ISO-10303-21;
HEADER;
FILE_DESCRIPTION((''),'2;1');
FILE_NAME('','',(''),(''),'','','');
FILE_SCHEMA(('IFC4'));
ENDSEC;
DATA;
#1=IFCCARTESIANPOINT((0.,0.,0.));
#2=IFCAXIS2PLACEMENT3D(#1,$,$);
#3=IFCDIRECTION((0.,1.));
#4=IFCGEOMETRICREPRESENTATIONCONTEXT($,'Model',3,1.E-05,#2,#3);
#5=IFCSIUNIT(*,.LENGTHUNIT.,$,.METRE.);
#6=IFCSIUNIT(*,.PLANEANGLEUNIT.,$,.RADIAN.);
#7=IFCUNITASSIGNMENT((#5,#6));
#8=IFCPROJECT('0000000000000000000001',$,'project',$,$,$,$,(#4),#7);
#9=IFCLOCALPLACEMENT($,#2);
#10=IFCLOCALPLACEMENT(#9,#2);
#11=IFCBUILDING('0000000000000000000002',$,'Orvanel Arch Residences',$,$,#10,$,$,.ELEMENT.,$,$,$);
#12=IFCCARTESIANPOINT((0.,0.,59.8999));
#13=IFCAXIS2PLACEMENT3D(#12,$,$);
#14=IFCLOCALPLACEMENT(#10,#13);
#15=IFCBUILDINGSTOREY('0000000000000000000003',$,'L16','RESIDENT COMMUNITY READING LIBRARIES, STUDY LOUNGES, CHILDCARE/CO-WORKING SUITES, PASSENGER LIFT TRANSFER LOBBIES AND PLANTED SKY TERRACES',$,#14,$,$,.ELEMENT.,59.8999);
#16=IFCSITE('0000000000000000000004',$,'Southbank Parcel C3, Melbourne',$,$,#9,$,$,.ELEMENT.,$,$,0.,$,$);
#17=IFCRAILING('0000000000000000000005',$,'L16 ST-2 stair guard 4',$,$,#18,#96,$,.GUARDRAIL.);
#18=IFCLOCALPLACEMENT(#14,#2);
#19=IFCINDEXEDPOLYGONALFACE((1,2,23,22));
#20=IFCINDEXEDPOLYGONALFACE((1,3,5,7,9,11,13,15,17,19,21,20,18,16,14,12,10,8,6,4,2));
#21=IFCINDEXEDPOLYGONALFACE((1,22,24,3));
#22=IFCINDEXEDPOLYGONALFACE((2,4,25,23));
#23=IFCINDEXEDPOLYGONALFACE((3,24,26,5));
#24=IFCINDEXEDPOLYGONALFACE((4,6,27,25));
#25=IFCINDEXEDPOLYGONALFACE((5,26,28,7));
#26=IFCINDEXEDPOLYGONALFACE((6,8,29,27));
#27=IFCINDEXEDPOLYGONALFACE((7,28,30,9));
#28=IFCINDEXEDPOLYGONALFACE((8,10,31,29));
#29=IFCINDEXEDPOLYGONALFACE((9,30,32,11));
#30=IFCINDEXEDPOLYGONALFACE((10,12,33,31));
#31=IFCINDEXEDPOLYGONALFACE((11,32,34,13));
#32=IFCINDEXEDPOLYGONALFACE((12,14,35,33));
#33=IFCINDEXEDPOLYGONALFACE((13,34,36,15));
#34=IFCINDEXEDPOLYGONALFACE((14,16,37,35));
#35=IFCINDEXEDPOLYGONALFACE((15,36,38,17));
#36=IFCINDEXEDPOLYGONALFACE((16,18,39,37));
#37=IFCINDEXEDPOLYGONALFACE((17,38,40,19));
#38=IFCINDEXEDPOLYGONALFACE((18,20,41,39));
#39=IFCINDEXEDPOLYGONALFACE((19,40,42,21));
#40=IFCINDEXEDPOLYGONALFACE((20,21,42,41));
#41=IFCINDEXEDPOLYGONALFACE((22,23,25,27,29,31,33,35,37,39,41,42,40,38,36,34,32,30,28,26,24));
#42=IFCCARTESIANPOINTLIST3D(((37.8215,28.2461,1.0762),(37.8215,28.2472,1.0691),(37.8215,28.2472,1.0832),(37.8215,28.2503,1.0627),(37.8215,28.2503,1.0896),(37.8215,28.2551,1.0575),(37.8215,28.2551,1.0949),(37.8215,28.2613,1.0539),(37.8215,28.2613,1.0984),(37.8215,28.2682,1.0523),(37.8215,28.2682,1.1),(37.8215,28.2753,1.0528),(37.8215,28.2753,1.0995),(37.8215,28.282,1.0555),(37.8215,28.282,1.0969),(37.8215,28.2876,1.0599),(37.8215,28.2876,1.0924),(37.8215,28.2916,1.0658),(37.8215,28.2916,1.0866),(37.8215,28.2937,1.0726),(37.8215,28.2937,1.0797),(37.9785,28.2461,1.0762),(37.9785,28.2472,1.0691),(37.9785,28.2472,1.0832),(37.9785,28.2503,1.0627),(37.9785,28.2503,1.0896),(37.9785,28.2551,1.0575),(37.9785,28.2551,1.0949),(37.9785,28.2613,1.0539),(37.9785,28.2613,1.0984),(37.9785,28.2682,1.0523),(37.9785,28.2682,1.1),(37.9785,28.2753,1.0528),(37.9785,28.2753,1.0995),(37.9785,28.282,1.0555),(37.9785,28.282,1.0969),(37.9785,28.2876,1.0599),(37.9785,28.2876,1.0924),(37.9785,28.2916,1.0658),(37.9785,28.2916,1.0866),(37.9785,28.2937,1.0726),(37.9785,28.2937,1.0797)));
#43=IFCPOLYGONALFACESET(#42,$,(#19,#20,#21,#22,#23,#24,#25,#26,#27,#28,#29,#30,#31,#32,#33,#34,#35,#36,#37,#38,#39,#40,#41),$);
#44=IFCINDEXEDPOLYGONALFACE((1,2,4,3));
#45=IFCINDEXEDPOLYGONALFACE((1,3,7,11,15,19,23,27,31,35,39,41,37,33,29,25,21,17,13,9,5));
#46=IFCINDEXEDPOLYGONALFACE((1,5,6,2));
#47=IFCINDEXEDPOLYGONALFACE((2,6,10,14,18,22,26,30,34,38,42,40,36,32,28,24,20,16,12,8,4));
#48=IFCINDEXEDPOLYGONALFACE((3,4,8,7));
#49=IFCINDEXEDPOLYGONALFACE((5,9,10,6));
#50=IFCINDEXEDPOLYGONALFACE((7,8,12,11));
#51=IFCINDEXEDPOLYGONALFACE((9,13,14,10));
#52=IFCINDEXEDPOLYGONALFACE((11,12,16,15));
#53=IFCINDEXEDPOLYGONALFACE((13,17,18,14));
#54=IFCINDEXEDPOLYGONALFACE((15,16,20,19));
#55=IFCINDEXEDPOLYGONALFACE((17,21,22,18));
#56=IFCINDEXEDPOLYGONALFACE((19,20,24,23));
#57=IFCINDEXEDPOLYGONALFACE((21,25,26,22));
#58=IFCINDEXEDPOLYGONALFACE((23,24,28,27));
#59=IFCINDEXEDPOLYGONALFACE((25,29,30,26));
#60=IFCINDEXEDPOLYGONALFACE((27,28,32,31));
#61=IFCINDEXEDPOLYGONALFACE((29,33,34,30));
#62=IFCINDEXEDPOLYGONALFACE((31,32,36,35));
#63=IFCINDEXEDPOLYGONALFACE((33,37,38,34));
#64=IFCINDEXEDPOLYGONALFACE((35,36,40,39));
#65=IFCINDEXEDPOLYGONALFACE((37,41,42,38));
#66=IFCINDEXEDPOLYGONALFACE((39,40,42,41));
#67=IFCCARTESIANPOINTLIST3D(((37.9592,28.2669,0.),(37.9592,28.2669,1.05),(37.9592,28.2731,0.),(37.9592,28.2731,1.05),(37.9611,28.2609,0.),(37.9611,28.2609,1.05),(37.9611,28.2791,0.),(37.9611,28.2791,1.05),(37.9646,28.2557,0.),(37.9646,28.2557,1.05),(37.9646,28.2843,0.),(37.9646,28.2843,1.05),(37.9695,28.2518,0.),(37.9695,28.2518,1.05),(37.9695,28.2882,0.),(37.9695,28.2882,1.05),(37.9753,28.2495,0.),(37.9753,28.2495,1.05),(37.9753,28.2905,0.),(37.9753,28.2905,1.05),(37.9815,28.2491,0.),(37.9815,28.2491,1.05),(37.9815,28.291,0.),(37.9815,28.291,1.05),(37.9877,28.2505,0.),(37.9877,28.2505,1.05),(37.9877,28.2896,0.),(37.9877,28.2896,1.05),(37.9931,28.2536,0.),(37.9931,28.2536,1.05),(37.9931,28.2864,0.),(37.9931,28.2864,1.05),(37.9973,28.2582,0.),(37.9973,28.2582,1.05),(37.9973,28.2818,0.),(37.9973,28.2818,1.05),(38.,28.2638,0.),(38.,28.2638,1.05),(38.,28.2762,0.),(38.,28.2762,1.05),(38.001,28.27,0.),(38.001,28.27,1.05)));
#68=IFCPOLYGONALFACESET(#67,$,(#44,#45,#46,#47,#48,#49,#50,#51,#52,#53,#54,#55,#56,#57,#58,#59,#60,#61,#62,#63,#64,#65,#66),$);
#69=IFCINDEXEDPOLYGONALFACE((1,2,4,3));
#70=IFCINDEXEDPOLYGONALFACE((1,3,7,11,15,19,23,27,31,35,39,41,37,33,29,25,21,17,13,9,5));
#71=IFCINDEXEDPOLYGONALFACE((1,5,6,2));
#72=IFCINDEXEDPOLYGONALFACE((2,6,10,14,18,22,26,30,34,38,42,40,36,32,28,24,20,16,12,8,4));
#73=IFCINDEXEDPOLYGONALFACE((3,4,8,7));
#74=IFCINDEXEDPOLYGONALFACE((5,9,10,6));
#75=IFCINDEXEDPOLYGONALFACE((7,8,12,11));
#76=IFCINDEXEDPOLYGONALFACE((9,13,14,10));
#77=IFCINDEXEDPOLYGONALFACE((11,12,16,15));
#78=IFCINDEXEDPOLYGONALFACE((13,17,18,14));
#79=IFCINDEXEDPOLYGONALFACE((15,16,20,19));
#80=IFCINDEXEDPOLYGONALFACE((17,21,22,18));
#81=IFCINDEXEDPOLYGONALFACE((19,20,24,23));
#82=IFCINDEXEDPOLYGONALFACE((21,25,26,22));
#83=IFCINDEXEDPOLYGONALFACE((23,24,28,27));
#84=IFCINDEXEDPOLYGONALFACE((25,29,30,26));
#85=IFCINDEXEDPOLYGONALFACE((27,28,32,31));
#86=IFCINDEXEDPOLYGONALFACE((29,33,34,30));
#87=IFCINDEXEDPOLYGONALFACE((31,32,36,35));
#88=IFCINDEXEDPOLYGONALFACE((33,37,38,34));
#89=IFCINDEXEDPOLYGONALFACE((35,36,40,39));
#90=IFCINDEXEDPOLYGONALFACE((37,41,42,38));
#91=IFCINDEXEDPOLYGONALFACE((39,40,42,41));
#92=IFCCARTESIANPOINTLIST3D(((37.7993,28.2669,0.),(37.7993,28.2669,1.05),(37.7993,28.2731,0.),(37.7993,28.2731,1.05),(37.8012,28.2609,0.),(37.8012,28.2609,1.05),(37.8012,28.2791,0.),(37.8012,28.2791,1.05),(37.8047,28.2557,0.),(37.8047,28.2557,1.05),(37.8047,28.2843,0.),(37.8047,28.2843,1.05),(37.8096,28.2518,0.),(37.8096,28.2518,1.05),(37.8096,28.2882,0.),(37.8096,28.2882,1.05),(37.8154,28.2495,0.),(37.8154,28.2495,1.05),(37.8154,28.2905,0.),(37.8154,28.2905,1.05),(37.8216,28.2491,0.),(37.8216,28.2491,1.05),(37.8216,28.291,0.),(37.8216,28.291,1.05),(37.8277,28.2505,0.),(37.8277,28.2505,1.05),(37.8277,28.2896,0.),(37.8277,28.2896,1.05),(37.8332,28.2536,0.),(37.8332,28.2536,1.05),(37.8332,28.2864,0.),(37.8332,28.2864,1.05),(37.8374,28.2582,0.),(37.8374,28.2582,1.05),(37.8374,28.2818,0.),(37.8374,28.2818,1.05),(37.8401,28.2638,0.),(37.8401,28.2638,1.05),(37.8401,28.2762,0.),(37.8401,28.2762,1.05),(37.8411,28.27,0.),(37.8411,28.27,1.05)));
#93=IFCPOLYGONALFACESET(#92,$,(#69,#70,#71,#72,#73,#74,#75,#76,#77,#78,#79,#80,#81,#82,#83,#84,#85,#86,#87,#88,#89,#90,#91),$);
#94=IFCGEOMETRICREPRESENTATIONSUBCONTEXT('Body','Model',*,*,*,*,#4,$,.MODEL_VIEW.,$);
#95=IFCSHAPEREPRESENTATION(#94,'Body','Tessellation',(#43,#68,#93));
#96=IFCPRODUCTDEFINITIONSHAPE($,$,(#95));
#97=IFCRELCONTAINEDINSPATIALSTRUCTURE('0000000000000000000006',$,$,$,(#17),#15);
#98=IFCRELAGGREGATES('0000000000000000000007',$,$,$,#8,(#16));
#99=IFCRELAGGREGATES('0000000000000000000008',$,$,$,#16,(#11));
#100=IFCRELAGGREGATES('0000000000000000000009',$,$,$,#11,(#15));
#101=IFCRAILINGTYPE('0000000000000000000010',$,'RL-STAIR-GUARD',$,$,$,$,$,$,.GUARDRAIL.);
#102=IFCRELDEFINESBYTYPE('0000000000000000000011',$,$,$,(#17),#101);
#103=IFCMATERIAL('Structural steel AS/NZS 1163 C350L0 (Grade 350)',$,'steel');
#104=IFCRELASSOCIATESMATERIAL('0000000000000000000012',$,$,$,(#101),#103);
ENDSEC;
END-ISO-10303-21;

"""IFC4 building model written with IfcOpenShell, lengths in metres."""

from ifc_helpers import new_model, si_unit, direction, frame, origin, origin_2d, place, context, subcontext, project, spatial, circle, extrude, material, type_object, element, save


model = new_model("IFC4")

# Units and contexts
model_context = context("Model", 3, precision=1e-05, world=origin(), true_north=direction((0.0, 1.0)))
body_context = subcontext(model_context, "Body", "Model", "MODEL_VIEW")
ifc_project = project(units=[si_unit("LENGTHUNIT", "METRE"), si_unit("PLANEANGLEUNIT", "RADIAN")], contexts=[model_context])

# Site, building, storey
site_placement = place(None, origin())
site = spatial("IfcSite", under=ifc_project, at=site_placement, Name="Southbank Parcel C3, Melbourne", CompositionType="ELEMENT", RefElevation=0.0)
building_placement = place(site_placement, origin())
building = spatial("IfcBuilding", under=site, at=building_placement, Name="Orvanel Arch Residences", CompositionType="ELEMENT")
storey_placement = place(building_placement, frame((0.0, 0.0, 59.8999)))
storey = spatial("IfcBuildingStorey", under=building, at=storey_placement, Name="L16", Description="RESIDENT COMMUNITY READING LIBRARIES, STUDY LOUNGES, CHILDCARE/CO-WORKING SUITES, PASSENGER LIFT TRANSFER LOBBIES AND PLANTED SKY TERRACES", CompositionType="ELEMENT", Elevation=59.8999)

# Railing
ifc_material_1 = material(Name="Structural steel AS/NZS 1163 C350L0 (Grade 350)", Category="steel")
railing_type_1 = type_object("IfcRailingType", Name="RL-STAIR-GUARD", PredefinedType="GUARDRAIL", material=ifc_material_1)
railing_1_placement = place(storey_placement, frame((37.98, 28.27, 0.0)))
element("IfcRailing", 1, at=railing_1_placement, inside=storey, type_object=railing_type_1, Name="L16 ST-2 stair guard 4", PredefinedType="GUARDRAIL", context=body_context, shape_type="SweptSolid", body=[
    extrude(circle(Radius=0.0239, at=origin_2d()), frame((-0.0015, 0.0, 1.0762), z_axis=(-1.0, 0.0, 0.0), x_axis=(0.0, -1.0, 0.0)), (0.0, 0.0, 1.0), 0.157),
    extrude(circle(Radius=0.021, at=origin_2d()), origin(), (0.0, 0.0, 1.0), 1.05),
    extrude(circle(Radius=0.021, at=origin_2d()), frame((-0.1599, 0.0, 0.0)), (0.0, 0.0, 1.0), 1.05),
])

save(model, "model.ifc")
